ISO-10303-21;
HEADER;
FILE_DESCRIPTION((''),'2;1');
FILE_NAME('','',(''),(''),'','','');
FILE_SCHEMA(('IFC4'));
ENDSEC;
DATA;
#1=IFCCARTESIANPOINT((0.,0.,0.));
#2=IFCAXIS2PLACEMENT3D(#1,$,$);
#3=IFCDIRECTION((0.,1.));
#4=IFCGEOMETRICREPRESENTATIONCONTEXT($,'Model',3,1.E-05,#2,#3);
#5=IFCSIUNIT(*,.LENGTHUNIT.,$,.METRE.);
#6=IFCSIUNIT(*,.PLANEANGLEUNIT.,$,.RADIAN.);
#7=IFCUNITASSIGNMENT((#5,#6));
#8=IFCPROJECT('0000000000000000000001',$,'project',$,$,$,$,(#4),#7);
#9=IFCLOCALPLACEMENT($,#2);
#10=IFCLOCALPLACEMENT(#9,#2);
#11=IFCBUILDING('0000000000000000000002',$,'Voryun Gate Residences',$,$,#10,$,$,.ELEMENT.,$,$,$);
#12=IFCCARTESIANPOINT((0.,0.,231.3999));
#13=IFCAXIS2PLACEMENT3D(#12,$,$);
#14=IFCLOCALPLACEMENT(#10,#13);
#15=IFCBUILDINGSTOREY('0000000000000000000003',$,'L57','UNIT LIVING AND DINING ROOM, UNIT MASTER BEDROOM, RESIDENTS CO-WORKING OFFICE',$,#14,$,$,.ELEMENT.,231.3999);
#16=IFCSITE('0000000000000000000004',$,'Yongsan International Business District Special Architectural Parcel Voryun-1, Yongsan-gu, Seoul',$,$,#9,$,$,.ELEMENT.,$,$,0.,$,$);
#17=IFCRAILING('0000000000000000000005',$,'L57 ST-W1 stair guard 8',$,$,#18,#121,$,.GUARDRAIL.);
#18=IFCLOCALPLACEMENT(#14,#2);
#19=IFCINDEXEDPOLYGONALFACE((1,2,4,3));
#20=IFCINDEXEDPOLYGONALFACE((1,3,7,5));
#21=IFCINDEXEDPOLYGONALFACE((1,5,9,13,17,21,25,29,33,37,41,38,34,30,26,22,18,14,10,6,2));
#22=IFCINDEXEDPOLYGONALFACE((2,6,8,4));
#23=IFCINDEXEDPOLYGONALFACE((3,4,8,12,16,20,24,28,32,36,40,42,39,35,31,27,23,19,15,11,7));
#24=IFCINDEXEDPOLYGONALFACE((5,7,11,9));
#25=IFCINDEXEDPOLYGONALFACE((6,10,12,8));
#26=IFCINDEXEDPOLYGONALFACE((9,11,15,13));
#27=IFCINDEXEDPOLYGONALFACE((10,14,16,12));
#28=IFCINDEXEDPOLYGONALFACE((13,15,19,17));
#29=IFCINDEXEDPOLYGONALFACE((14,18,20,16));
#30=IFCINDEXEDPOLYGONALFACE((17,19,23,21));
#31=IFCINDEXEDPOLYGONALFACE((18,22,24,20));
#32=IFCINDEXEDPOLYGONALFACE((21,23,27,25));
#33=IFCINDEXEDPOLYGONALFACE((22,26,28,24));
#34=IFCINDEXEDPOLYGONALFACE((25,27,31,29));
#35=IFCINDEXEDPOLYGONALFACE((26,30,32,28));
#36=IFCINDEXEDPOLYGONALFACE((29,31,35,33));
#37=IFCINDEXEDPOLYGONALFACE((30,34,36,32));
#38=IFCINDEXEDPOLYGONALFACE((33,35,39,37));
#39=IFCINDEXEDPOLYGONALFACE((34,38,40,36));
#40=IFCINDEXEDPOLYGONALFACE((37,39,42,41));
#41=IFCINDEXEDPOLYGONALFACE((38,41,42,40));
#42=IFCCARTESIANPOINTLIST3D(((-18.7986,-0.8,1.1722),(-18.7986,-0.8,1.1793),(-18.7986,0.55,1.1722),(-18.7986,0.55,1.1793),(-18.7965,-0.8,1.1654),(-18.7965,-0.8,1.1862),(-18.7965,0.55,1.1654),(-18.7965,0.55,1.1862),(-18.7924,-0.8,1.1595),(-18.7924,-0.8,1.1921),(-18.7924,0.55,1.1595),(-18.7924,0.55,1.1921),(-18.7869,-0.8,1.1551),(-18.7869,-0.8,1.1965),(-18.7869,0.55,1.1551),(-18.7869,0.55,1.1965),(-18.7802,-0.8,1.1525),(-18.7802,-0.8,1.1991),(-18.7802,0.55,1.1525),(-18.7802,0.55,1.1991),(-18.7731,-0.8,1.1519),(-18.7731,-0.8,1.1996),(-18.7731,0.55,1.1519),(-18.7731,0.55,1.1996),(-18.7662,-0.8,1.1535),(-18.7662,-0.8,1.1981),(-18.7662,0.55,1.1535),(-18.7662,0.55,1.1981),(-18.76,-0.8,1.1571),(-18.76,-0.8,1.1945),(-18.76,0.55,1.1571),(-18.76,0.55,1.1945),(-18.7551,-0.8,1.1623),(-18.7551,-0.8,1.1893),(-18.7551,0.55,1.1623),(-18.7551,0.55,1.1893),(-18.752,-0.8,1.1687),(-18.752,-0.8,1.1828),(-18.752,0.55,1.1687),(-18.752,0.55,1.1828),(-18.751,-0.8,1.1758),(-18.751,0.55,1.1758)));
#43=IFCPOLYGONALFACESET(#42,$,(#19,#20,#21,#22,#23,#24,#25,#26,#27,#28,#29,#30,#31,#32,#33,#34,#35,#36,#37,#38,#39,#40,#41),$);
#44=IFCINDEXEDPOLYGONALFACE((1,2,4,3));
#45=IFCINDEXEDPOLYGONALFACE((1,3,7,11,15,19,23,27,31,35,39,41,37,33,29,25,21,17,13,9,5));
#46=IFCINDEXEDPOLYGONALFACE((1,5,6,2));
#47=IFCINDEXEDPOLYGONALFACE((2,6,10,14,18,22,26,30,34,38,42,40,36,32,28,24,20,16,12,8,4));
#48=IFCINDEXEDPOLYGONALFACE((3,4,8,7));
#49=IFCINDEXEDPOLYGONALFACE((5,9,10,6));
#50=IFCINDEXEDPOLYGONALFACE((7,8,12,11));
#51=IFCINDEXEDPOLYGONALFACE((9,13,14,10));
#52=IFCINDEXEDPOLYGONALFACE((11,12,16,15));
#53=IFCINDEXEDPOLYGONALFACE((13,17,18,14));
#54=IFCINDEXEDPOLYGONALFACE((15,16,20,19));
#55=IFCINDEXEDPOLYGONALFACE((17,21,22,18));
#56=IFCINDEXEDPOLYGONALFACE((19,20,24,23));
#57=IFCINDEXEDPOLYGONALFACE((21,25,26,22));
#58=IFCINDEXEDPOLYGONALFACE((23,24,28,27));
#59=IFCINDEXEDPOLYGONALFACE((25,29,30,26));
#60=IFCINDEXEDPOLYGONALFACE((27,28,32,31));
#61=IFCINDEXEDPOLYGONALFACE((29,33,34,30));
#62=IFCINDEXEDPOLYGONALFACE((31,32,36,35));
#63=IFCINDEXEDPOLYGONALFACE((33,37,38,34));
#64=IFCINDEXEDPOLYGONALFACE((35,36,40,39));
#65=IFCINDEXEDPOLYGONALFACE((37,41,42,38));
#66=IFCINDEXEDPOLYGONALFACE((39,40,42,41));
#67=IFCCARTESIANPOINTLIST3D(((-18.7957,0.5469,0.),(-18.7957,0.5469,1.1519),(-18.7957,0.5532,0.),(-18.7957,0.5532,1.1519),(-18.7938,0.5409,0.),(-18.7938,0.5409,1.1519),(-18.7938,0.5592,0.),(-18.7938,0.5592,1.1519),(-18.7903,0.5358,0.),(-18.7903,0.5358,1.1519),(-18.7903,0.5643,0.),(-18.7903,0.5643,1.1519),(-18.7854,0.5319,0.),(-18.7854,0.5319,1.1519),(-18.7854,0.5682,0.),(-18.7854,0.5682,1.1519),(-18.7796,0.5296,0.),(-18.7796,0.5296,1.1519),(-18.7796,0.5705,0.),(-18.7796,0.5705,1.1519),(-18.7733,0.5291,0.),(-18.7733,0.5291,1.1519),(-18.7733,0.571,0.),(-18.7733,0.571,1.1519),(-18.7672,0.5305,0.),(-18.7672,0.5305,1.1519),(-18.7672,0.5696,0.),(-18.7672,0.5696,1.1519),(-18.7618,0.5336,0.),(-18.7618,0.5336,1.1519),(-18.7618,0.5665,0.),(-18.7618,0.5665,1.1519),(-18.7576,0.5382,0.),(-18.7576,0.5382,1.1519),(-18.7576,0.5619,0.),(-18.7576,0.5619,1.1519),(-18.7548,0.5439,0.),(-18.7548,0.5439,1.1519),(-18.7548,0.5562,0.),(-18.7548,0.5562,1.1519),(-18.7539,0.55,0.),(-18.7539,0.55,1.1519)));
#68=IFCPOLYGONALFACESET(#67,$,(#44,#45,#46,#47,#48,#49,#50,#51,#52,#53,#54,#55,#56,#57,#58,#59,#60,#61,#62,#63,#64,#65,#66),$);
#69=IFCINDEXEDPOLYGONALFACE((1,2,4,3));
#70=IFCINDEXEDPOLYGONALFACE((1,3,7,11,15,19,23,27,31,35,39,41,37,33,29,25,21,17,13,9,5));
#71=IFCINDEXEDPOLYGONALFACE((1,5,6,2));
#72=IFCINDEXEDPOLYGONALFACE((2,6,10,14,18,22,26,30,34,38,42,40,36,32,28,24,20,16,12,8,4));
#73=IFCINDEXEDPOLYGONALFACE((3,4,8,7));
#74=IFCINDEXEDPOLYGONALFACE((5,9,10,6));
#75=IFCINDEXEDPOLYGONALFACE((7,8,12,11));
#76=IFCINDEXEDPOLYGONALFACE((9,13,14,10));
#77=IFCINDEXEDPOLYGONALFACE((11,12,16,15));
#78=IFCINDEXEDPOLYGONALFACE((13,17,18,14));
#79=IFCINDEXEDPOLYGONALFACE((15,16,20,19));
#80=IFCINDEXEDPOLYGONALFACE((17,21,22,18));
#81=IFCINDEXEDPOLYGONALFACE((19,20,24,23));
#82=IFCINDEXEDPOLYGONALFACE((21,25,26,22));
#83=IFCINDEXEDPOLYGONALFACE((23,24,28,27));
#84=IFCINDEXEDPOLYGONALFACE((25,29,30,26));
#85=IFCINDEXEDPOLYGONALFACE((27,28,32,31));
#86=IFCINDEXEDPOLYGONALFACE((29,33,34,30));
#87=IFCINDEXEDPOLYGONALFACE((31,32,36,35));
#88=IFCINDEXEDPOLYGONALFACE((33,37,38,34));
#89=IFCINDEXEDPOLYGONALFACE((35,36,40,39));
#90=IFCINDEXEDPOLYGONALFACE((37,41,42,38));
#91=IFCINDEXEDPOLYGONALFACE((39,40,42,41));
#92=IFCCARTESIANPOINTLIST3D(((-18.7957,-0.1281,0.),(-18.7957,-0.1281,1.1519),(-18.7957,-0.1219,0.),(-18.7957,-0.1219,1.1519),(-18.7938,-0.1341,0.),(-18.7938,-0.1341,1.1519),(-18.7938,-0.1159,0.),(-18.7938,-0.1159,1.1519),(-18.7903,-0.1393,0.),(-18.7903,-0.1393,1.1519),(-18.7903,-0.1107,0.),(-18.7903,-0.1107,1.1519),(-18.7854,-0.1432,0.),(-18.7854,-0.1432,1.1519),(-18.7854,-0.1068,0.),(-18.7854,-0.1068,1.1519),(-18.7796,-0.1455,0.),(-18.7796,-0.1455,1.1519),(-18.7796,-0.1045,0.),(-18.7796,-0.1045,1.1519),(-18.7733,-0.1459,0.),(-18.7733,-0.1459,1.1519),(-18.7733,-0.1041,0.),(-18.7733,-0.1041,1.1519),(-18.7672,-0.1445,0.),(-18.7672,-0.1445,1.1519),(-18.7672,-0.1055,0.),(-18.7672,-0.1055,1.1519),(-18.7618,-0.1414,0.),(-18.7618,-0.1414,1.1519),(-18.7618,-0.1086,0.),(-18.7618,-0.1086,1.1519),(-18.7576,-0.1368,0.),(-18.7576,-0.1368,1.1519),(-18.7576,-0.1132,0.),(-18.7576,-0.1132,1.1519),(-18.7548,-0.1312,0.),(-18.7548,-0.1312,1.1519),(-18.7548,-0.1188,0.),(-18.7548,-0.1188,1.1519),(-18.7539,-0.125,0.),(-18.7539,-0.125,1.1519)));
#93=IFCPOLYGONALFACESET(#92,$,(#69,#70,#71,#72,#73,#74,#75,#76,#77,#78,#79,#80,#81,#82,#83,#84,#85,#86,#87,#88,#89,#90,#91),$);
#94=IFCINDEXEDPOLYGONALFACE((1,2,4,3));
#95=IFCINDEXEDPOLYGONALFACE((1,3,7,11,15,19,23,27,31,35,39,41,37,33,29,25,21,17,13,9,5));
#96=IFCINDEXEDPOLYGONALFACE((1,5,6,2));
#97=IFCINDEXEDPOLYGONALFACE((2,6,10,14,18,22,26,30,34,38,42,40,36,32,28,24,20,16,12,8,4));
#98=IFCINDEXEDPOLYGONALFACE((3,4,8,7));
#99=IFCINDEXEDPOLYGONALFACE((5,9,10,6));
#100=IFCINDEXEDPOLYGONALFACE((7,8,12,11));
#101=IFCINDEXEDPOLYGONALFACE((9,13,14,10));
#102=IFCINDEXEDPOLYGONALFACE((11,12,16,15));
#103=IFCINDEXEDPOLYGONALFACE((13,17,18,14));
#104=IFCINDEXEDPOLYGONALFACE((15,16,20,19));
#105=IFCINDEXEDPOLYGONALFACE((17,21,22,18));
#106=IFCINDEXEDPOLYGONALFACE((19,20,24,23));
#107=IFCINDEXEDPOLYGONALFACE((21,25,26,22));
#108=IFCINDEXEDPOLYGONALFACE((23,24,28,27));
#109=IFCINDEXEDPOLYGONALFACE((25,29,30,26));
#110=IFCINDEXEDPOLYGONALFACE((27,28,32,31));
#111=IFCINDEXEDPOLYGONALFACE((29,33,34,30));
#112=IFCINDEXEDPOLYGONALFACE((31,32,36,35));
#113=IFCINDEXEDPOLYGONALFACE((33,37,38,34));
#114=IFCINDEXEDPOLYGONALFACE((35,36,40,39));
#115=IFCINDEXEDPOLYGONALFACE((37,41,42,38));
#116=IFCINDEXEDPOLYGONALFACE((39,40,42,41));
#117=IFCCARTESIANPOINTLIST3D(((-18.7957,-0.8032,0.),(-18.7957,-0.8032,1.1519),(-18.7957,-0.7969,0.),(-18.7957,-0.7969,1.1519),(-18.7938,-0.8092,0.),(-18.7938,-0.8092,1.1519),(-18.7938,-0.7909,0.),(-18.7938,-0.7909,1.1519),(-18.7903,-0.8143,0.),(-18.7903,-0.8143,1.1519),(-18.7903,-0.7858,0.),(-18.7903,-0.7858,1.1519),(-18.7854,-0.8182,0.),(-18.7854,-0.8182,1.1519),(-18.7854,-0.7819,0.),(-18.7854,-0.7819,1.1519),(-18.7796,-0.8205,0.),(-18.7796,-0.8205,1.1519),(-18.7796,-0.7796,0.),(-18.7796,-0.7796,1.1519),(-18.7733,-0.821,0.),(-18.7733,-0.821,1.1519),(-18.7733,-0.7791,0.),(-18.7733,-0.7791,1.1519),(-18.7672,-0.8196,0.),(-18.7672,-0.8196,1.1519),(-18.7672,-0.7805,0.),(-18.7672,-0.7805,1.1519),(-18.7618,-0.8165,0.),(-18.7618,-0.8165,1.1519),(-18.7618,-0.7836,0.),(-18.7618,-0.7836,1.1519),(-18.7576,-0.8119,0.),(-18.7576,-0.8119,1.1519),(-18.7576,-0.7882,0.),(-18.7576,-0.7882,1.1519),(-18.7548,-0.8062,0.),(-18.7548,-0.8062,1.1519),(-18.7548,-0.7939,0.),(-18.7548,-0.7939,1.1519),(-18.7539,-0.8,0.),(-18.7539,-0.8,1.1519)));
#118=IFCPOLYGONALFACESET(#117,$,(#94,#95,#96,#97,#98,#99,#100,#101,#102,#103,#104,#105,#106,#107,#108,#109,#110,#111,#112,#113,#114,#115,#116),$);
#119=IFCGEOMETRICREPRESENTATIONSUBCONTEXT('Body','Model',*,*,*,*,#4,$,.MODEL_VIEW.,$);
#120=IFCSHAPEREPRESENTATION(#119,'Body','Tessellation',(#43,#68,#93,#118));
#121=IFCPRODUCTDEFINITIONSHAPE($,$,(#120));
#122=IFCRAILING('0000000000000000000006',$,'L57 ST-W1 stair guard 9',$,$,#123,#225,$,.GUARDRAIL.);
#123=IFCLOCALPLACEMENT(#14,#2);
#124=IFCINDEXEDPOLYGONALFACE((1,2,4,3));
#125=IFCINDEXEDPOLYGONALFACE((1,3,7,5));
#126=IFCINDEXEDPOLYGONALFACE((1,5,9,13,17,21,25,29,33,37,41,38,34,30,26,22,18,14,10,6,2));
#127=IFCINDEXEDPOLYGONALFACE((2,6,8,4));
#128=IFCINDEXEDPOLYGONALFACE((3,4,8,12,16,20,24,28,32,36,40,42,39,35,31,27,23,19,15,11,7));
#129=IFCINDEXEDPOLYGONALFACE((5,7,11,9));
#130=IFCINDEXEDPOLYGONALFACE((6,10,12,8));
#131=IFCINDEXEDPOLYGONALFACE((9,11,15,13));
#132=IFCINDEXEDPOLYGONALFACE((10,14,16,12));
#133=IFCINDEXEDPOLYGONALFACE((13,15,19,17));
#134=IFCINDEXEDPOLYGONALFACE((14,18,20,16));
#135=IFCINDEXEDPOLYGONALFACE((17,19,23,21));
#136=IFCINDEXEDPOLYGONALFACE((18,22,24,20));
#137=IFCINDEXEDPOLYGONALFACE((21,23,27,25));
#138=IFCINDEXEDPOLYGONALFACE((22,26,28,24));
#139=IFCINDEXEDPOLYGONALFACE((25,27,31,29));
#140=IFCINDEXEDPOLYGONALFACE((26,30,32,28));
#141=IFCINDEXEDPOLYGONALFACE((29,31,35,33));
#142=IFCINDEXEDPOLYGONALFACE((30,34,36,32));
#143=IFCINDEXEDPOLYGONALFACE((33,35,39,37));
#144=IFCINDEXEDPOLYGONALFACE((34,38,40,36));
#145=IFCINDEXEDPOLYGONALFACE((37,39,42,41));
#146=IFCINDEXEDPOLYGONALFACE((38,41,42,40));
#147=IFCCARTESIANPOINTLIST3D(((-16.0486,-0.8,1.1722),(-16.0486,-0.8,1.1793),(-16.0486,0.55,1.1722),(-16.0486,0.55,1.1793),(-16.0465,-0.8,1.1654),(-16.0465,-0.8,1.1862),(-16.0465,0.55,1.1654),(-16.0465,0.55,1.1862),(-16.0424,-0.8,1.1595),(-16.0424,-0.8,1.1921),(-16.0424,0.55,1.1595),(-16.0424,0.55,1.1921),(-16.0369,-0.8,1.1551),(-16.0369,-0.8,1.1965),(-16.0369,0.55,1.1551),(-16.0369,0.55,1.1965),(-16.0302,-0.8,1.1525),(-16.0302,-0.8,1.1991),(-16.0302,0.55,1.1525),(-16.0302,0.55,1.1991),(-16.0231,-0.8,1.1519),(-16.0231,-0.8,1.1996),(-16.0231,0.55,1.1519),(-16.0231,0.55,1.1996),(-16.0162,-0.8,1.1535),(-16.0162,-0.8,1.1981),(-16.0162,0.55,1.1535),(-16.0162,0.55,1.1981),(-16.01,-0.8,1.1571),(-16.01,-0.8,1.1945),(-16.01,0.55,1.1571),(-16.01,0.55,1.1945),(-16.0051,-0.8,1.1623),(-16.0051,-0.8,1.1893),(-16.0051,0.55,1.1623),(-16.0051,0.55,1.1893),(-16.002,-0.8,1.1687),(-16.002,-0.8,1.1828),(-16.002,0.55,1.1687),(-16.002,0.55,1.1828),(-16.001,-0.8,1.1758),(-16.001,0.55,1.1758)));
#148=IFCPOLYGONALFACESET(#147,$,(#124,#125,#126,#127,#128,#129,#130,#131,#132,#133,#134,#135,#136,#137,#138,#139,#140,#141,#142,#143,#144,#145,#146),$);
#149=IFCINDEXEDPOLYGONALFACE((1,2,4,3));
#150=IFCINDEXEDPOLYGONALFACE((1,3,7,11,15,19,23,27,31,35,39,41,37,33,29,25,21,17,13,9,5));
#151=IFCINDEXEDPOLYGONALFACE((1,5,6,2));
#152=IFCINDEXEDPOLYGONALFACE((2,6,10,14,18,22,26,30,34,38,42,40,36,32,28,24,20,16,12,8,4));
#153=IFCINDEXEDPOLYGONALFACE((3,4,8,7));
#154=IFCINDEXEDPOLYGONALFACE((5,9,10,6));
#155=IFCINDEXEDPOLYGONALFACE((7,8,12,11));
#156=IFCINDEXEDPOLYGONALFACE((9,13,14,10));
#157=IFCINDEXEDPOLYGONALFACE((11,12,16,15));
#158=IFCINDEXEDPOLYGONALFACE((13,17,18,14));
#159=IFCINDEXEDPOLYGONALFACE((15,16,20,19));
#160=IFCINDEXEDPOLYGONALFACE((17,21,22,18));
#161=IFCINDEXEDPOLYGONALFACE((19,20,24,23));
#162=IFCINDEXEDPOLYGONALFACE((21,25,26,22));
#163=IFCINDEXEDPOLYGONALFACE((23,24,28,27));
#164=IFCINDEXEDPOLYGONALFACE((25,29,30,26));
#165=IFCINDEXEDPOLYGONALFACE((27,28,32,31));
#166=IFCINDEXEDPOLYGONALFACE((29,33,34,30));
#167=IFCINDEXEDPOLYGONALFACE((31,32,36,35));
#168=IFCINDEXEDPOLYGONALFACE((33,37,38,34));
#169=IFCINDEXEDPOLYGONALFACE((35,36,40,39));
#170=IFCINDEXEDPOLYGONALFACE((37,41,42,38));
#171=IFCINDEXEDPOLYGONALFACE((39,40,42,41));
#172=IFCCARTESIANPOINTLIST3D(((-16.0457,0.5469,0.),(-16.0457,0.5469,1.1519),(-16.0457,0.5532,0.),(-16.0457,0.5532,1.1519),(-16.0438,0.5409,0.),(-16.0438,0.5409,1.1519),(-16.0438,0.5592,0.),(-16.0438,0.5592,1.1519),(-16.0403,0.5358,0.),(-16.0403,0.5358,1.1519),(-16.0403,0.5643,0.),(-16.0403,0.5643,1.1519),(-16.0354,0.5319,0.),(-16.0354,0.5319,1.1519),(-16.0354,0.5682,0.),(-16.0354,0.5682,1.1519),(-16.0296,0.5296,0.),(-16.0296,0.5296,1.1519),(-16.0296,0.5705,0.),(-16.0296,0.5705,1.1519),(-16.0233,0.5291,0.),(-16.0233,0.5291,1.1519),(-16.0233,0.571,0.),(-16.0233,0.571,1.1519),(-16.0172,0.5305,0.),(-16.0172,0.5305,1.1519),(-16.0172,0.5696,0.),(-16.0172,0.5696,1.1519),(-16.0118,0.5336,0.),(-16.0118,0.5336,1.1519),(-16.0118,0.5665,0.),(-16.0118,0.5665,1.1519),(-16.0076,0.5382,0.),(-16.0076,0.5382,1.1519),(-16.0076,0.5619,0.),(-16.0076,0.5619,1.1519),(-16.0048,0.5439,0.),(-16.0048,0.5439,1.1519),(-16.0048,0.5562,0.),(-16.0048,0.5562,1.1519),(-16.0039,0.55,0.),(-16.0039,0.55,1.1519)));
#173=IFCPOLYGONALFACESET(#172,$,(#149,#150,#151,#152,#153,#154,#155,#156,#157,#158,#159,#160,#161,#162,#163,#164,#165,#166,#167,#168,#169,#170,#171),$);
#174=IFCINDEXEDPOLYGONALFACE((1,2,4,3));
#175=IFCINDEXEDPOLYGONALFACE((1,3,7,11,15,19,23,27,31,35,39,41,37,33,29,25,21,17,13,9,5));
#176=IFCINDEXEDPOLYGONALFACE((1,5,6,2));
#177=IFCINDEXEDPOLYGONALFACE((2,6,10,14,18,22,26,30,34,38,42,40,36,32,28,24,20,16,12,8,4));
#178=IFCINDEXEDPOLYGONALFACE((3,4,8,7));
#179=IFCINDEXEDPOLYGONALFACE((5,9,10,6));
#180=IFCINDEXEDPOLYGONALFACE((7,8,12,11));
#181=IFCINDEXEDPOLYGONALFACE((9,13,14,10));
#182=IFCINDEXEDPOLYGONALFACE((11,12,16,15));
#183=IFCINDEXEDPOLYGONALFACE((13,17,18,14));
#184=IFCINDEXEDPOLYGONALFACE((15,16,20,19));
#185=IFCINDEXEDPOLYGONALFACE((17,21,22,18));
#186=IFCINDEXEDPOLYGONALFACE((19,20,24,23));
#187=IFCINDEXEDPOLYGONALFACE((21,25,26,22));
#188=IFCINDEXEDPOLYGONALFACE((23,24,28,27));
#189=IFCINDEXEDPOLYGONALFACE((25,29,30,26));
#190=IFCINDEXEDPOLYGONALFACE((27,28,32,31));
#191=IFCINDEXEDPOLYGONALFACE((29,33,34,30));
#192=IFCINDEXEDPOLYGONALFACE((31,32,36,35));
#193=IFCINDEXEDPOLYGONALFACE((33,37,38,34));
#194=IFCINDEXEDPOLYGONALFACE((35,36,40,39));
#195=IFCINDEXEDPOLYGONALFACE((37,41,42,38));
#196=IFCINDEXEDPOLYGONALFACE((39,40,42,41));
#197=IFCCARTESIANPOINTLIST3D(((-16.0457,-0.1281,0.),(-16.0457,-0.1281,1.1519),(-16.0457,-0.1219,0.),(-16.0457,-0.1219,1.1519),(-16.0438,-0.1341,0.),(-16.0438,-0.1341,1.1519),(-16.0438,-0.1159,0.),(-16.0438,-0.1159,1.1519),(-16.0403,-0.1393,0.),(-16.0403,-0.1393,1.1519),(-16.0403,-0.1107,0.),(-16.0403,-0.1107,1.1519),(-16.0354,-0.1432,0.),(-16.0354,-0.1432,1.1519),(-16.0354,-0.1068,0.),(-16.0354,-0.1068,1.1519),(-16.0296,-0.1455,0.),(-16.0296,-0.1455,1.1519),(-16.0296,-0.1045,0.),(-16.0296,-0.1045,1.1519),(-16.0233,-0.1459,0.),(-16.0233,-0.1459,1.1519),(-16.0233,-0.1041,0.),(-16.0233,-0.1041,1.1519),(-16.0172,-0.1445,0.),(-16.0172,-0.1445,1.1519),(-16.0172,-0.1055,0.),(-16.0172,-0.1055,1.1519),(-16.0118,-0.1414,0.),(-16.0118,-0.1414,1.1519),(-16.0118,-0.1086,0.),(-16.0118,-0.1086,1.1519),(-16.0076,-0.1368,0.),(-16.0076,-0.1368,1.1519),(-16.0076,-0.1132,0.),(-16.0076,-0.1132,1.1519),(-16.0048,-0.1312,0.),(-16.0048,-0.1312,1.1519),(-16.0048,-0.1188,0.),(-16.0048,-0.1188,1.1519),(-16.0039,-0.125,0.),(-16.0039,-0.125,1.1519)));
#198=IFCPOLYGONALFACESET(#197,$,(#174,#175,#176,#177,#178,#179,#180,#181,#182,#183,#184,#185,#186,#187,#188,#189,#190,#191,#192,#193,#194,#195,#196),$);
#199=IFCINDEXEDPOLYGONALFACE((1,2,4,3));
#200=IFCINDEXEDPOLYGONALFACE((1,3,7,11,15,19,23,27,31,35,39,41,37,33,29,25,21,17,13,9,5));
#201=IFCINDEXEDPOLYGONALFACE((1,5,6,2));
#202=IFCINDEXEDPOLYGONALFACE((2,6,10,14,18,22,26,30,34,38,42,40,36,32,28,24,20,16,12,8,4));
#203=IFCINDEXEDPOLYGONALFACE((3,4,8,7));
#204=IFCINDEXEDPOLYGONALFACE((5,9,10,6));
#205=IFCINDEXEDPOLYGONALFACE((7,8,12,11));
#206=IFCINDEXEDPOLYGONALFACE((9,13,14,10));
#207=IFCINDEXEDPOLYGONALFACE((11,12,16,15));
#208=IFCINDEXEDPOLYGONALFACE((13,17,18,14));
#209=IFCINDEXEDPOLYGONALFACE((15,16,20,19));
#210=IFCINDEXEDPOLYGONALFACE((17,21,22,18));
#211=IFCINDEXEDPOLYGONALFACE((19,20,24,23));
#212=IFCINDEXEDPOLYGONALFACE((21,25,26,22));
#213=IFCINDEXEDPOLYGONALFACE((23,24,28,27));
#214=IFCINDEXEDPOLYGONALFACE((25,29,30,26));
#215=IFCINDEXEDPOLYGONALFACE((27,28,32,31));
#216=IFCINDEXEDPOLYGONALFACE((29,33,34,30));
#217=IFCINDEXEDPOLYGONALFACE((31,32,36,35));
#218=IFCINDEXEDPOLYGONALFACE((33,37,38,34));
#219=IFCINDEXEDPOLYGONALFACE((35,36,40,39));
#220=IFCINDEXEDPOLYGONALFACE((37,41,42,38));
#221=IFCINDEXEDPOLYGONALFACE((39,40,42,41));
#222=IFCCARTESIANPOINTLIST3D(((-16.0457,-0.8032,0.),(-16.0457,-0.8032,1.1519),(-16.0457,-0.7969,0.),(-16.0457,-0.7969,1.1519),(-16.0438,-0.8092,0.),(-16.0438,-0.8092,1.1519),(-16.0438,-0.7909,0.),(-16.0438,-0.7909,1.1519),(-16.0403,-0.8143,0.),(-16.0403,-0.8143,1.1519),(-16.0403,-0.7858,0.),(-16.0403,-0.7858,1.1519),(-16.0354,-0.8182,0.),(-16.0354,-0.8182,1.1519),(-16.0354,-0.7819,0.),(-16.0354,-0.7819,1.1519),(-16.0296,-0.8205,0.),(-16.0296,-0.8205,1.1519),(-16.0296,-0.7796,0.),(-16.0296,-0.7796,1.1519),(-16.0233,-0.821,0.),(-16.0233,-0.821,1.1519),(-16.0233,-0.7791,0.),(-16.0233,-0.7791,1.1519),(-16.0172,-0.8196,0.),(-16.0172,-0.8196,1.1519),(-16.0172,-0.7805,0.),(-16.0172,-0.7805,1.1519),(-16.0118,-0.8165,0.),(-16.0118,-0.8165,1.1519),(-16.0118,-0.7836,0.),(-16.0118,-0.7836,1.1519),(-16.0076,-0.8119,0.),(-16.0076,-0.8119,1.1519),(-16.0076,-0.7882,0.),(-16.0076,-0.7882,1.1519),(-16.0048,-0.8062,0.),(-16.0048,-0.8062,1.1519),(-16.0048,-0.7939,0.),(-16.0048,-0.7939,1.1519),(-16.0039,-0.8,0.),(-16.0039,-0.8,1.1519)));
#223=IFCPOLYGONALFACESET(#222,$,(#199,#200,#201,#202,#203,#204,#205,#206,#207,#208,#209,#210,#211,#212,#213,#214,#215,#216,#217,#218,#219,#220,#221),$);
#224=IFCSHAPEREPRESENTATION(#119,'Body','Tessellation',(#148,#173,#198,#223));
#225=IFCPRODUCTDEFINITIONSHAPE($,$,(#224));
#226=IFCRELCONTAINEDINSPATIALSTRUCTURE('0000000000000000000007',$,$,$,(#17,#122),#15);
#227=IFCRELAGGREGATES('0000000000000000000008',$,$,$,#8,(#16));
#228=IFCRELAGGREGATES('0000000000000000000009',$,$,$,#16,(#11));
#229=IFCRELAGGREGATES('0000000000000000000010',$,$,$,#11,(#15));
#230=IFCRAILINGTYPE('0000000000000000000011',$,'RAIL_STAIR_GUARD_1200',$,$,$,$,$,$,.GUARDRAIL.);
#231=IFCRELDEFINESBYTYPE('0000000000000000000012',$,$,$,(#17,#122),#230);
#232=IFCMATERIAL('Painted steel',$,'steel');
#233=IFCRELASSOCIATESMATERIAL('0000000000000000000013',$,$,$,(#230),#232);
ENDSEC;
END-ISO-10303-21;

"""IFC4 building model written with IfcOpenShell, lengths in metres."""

from ifc_helpers import new_model, si_unit, direction, frame, origin, origin_2d, place, context, subcontext, project, spatial, circle, extrude, material, type_object, element, save


model = new_model("IFC4")

# Units and contexts
model_context = context("Model", 3, precision=1e-05, world=origin(), true_north=direction((0.0, 1.0)))
body_context = subcontext(model_context, "Body", "Model", "MODEL_VIEW")
ifc_project = project(units=[si_unit("LENGTHUNIT", "METRE"), si_unit("PLANEANGLEUNIT", "RADIAN")], contexts=[model_context])

# Site, building, storey
site_placement = place(None, origin())
site = spatial("IfcSite", under=ifc_project, at=site_placement, Name="Yongsan International Business District Special Architectural Parcel Voryun-1, Yongsan-gu, Seoul", CompositionType="ELEMENT", RefElevation=0.0)
building_placement = place(site_placement, origin())
building = spatial("IfcBuilding", under=site, at=building_placement, Name="Voryun Gate Residences", CompositionType="ELEMENT")
storey_placement = place(building_placement, frame((0.0, 0.0, 231.3999)))
storey = spatial("IfcBuildingStorey", under=building, at=storey_placement, Name="L57", Description="UNIT LIVING AND DINING ROOM, UNIT MASTER BEDROOM, RESIDENTS CO-WORKING OFFICE", CompositionType="ELEMENT", Elevation=231.3999)

# Railings
ifc_material_1 = material(Name="Painted steel", Category="steel")
railing_type = type_object("IfcRailingType", Name="RAIL_STAIR_GUARD_1200", PredefinedType="GUARDRAIL", material=ifc_material_1)
for number, where, name in (
    (1, (-18.7749, 0.55, 0.0), "L57 ST-W1 stair guard 8"),
    (2, (-16.0249, 0.55, 0.0), "L57 ST-W1 stair guard 9"),
):
    element("IfcRailing", number, at=place(storey_placement, frame(where)), inside=storey, type_object=railing_type, Name=name, PredefinedType="GUARDRAIL", context=body_context, shape_type="SweptSolid", body=[
        extrude(circle(Radius=0.0239, at=origin_2d()), frame((0.0, 0.0, 1.1758), z_axis=(0.0, -1.0, 0.0), x_axis=(1.0, 0.0, 0.0)), (0.0, 0.0, 1.0), 1.3501),
        extrude(circle(Radius=0.021, at=origin_2d()), origin(), (0.0, 0.0, 1.0), 1.1519),
        extrude(circle(Radius=0.021, at=origin_2d()), frame((0.0, -0.675, 0.0)), (0.0, 0.0, 1.0), 1.1519),
        extrude(circle(Radius=0.021, at=origin_2d()), frame((0.0, -1.3501, 0.0)), (0.0, 0.0, 1.0), 1.1519),
    ])

save(model, "model.ifc")
